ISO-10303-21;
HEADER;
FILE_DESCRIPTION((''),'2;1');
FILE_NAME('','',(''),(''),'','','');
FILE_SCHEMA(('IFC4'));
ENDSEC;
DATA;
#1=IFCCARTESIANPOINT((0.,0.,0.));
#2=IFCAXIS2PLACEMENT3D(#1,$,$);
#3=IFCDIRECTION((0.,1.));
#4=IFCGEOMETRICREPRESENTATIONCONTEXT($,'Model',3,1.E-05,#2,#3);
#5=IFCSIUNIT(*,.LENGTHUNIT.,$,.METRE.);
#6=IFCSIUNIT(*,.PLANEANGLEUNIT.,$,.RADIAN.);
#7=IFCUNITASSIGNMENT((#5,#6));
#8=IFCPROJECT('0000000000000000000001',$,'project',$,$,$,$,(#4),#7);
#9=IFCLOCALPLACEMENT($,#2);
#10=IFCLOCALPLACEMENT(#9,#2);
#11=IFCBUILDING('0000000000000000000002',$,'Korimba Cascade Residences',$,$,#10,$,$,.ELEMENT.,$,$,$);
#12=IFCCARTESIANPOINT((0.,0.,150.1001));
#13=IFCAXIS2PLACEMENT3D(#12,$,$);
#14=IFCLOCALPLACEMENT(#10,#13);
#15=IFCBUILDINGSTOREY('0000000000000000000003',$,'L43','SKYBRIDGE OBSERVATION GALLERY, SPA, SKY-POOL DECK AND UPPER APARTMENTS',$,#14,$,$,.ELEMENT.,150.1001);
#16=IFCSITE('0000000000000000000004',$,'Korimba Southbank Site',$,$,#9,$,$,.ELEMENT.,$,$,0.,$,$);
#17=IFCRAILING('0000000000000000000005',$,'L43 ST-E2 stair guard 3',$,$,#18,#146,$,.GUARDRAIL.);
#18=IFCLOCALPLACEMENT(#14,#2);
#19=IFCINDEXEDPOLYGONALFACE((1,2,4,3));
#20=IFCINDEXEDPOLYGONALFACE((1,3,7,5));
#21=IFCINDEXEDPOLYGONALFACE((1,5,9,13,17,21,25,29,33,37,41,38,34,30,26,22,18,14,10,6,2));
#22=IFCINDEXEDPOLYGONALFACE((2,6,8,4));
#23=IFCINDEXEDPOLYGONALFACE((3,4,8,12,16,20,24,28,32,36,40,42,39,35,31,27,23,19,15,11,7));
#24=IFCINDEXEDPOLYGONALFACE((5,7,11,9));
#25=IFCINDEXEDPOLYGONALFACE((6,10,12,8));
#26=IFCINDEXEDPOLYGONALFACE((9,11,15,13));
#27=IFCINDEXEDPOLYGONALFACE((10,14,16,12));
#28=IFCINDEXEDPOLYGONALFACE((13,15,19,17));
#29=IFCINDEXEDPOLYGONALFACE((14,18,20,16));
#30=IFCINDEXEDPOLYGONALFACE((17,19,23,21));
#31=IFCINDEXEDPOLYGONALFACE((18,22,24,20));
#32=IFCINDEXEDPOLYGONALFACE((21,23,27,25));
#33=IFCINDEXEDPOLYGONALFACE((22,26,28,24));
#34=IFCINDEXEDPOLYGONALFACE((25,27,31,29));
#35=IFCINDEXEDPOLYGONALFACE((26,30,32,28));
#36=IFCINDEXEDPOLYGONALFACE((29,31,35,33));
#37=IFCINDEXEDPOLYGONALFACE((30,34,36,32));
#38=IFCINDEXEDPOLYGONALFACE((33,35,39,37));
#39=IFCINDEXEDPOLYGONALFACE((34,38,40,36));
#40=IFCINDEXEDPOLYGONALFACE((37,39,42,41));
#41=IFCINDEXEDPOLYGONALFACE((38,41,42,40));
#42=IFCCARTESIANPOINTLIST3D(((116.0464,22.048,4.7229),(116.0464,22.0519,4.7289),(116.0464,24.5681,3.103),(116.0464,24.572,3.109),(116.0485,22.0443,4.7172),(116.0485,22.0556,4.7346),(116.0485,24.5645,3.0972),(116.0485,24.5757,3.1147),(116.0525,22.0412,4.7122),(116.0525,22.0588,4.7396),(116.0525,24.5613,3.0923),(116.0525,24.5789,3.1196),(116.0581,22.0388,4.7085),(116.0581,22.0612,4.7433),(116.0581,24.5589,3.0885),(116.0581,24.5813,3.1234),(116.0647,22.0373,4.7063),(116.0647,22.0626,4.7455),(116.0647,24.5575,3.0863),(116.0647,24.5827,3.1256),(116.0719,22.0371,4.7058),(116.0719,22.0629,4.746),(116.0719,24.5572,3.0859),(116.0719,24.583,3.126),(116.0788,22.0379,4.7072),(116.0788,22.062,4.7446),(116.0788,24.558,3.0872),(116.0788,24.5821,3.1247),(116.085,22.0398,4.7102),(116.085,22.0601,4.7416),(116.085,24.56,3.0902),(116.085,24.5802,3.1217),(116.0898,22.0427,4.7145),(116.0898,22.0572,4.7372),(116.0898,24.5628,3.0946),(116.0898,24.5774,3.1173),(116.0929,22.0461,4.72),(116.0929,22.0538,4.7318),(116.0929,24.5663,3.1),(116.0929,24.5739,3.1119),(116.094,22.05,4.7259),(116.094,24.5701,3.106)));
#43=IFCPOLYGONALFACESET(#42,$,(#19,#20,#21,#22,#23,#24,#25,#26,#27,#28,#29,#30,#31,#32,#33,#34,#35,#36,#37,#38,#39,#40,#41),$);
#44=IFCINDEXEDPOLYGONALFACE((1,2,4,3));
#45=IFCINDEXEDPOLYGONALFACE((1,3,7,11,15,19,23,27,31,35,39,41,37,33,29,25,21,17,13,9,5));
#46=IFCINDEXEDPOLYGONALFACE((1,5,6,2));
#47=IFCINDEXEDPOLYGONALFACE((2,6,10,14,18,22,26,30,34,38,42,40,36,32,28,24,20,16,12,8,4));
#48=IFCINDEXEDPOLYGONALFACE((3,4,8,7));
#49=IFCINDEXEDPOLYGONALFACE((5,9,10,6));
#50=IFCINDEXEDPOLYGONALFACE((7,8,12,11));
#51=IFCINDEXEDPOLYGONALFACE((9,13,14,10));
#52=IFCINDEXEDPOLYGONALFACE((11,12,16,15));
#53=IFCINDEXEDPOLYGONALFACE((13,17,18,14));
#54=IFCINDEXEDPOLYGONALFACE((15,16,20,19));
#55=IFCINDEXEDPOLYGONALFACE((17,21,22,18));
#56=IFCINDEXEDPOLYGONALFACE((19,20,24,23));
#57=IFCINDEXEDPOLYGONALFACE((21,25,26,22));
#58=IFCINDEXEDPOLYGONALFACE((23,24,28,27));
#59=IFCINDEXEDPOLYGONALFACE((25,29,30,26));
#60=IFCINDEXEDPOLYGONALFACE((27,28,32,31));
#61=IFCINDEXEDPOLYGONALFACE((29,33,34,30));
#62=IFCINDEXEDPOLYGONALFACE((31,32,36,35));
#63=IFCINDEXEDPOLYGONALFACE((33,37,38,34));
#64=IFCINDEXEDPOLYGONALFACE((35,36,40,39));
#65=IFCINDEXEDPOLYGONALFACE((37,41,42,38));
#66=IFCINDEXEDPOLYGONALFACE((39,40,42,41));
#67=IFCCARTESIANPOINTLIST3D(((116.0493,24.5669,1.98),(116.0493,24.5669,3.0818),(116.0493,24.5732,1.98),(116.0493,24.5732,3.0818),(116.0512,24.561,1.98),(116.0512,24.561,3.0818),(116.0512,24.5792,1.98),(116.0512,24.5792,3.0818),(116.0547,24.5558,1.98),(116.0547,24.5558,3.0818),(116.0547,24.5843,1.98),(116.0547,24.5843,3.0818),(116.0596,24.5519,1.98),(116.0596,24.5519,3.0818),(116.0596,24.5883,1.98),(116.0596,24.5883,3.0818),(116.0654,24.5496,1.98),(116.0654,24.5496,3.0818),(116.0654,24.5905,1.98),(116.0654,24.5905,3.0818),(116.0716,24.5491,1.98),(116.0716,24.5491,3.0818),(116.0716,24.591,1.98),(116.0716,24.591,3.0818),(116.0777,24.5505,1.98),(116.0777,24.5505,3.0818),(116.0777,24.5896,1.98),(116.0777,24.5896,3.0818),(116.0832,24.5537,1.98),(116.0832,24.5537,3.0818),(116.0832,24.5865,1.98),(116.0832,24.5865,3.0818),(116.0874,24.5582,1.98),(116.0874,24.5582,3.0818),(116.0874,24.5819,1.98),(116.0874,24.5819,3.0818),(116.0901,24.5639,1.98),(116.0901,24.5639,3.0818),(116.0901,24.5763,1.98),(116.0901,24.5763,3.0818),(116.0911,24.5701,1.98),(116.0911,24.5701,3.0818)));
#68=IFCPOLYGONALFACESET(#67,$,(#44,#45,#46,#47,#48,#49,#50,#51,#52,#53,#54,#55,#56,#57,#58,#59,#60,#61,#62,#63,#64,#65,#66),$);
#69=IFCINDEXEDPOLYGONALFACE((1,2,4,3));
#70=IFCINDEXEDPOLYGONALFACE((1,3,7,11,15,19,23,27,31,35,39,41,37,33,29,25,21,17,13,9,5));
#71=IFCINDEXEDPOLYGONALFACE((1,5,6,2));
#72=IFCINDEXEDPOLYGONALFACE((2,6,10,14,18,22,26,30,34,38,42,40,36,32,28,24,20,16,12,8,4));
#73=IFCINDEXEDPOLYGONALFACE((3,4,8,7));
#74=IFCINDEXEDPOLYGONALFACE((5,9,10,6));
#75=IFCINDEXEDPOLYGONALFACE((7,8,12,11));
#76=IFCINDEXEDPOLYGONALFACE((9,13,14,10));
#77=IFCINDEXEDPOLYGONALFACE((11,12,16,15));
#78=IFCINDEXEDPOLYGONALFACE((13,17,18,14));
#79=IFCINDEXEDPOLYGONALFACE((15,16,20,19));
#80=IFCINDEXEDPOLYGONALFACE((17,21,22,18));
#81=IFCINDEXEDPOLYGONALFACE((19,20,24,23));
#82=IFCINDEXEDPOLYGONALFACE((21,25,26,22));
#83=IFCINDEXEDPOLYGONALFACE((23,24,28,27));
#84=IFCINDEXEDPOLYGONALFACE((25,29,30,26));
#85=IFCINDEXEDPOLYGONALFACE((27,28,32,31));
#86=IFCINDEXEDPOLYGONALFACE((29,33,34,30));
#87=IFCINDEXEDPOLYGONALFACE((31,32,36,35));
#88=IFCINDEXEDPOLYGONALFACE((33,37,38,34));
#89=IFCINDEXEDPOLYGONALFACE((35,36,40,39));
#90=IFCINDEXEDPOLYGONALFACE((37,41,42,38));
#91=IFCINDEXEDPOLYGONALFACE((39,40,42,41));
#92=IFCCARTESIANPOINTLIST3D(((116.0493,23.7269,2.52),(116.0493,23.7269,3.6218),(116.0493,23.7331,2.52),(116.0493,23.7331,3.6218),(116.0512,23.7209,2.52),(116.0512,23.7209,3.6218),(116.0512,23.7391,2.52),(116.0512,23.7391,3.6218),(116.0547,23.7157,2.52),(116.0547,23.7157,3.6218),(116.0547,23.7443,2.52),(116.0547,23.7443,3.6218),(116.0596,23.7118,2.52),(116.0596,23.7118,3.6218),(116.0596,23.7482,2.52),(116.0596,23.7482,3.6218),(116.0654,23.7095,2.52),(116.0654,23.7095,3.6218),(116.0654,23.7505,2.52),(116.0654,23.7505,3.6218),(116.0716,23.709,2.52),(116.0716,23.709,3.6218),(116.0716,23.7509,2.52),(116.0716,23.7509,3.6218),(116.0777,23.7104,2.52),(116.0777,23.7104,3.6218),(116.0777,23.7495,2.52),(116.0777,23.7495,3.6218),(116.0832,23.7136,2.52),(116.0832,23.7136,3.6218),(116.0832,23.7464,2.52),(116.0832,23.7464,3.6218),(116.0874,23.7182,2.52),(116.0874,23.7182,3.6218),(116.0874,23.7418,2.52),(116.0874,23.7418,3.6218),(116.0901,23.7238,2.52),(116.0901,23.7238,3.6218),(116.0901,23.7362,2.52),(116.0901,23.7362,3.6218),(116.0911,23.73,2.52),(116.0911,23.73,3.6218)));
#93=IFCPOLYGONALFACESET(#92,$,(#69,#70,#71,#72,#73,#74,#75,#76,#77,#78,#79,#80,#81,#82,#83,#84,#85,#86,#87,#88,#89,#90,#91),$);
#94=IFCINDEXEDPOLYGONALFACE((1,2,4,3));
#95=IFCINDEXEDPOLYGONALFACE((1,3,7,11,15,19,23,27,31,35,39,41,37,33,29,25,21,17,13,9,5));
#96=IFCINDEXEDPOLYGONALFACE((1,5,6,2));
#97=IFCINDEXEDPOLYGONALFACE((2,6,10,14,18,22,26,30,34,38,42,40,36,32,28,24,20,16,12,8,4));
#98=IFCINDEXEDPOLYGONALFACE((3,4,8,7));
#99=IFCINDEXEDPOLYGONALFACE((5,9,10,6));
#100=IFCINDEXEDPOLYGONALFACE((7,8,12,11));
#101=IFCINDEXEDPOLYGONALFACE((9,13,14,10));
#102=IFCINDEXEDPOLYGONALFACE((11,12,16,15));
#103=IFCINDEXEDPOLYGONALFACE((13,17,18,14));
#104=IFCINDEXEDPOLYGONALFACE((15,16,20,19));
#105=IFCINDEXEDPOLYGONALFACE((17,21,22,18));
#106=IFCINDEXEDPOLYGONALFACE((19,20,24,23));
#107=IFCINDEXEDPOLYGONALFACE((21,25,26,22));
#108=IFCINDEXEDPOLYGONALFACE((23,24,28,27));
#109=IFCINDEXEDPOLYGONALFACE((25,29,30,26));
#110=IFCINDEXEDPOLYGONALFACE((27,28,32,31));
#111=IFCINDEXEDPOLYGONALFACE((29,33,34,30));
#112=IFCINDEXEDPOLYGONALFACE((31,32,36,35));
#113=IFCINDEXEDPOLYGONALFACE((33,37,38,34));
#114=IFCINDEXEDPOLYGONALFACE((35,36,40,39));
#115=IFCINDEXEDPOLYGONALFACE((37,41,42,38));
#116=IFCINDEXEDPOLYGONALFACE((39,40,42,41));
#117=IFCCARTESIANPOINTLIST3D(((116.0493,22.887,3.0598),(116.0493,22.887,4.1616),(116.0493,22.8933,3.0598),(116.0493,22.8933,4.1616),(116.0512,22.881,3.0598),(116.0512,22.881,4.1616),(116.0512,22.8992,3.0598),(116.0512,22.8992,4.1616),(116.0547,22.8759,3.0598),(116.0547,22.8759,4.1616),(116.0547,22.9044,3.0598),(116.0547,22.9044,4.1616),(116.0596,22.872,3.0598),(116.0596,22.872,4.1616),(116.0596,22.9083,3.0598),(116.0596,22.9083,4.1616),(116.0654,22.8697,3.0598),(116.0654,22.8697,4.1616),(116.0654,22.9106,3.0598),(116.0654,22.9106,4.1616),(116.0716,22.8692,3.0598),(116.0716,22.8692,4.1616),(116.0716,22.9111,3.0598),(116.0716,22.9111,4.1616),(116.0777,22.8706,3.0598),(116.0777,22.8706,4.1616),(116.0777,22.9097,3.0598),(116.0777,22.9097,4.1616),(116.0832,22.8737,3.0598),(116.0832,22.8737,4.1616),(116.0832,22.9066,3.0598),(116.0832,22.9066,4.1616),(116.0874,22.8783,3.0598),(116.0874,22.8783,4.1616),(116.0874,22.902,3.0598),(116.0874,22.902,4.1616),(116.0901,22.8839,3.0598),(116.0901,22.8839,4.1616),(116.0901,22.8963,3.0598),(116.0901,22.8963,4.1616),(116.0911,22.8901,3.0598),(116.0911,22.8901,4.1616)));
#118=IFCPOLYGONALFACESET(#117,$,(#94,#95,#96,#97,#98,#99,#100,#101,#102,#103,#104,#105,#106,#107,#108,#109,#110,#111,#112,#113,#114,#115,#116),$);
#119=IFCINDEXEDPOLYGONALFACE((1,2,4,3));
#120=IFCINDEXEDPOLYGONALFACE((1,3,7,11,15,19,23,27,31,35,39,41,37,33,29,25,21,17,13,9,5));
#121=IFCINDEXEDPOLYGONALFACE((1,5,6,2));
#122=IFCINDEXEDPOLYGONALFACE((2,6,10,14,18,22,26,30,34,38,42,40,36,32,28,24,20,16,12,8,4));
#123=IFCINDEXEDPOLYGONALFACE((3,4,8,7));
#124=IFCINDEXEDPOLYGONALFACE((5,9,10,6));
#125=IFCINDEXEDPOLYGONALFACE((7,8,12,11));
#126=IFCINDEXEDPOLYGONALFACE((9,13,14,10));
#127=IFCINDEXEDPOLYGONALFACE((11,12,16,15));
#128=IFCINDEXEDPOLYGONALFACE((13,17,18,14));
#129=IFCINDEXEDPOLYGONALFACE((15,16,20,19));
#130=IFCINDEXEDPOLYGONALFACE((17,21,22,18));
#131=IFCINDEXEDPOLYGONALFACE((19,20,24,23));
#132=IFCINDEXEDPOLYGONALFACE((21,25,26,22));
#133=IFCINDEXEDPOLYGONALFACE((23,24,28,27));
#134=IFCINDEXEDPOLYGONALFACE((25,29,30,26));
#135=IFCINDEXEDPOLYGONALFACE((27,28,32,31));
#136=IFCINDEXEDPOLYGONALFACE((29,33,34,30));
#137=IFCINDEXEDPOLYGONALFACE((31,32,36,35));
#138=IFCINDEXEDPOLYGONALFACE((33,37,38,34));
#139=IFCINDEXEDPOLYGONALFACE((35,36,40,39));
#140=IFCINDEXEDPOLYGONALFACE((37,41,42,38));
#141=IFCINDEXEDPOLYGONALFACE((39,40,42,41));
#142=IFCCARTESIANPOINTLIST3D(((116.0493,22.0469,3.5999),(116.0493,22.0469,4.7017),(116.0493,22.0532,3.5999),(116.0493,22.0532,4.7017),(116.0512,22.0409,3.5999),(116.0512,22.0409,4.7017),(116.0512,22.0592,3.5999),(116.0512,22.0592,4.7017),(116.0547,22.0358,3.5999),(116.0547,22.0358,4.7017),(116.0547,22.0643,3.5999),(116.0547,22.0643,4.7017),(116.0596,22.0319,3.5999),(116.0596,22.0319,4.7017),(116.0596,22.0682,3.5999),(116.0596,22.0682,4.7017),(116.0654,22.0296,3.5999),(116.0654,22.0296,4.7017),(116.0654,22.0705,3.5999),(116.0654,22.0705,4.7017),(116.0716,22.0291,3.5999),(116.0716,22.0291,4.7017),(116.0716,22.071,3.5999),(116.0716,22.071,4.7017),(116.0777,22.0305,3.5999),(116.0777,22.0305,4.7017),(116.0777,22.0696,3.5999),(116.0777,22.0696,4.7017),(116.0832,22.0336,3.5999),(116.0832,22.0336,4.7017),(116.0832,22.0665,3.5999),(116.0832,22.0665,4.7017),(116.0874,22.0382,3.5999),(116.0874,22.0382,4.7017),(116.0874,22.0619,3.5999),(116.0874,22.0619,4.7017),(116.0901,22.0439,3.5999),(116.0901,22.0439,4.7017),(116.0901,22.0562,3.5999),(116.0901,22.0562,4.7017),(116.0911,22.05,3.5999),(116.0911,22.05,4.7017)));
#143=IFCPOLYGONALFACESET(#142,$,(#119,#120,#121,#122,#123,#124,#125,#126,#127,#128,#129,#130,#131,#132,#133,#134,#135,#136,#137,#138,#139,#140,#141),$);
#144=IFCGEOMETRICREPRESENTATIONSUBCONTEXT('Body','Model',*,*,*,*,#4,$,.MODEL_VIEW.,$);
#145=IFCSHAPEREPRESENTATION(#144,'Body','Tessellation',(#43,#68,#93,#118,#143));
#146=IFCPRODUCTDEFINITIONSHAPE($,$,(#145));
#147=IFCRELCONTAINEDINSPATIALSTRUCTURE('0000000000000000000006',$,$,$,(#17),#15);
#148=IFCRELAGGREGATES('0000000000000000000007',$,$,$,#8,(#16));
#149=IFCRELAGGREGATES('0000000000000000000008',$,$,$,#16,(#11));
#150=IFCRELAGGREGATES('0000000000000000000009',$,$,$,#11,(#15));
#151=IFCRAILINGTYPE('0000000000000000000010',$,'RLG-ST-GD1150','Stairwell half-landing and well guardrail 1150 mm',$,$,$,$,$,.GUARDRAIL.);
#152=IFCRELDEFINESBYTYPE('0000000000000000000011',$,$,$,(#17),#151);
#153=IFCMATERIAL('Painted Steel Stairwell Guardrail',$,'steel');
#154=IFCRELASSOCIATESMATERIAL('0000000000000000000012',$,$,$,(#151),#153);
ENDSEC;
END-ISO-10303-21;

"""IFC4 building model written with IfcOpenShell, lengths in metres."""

from ifc_helpers import new_model, si_unit, direction, frame, origin, origin_2d, place, context, subcontext, project, spatial, circle, extrude, material, type_object, element, save


model = new_model("IFC4")

# Units and contexts
model_context = context("Model", 3, precision=1e-05, world=origin(), true_north=direction((0.0, 1.0)))
body_context = subcontext(model_context, "Body", "Model", "MODEL_VIEW")
ifc_project = project(units=[si_unit("LENGTHUNIT", "METRE"), si_unit("PLANEANGLEUNIT", "RADIAN")], contexts=[model_context])

# Site, building, storey
site_placement = place(None, origin())
site = spatial("IfcSite", under=ifc_project, at=site_placement, Name="Korimba Southbank Site", CompositionType="ELEMENT", RefElevation=0.0)
building_placement = place(site_placement, origin())
building = spatial("IfcBuilding", under=site, at=building_placement, Name="Korimba Cascade Residences", CompositionType="ELEMENT")
storey_placement = place(building_placement, frame((0.0, 0.0, 150.1001)))
storey = spatial("IfcBuildingStorey", under=building, at=storey_placement, Name="L43", Description="SKYBRIDGE OBSERVATION GALLERY, SPA, SKY-POOL DECK AND UPPER APARTMENTS", CompositionType="ELEMENT", Elevation=150.1001)

# Railing
ifc_material_1 = material(Name="Painted Steel Stairwell Guardrail", Category="steel")
railing_type_1 = type_object("IfcRailingType", Name="RLG-ST-GD1150", Description="Stairwell half-landing and well guardrail 1150 mm", PredefinedType="GUARDRAIL", material=ifc_material_1)
railing_1_placement = place(storey_placement, frame((116.0701, 24.5701, 1.98)))
element("IfcRailing", 1, at=railing_1_placement, inside=storey, type_object=railing_type_1, Name="L43 ST-E2 stair guard 3", PredefinedType="GUARDRAIL", context=body_context, shape_type="SweptSolid", body=[
    extrude(circle(Radius=0.0239, at=origin_2d()), frame((0.0, 0.0, 1.126), z_axis=(0.0, -0.8412, 0.540725), x_axis=(1.0, 0.0, 0.0)), (0.0, 0.0, 1.0), 2.9958),
    extrude(circle(Radius=0.021, at=origin_2d()), origin(), (0.0, 0.0, 1.0), 1.1018),
    extrude(circle(Radius=0.021, at=origin_2d()), frame((0.0, -0.8401, 0.54)), (0.0, 0.0, 1.0), 1.1018),
    extrude(circle(Radius=0.021, at=origin_2d()), frame((0.0, -1.6799, 1.0798)), (0.0, 0.0, 1.0), 1.1018),
    extrude(circle(Radius=0.021, at=origin_2d()), frame((0.0, -2.52, 1.6199)), (0.0, 0.0, 1.0), 1.1018),
])

save(model, "model.ifc")
